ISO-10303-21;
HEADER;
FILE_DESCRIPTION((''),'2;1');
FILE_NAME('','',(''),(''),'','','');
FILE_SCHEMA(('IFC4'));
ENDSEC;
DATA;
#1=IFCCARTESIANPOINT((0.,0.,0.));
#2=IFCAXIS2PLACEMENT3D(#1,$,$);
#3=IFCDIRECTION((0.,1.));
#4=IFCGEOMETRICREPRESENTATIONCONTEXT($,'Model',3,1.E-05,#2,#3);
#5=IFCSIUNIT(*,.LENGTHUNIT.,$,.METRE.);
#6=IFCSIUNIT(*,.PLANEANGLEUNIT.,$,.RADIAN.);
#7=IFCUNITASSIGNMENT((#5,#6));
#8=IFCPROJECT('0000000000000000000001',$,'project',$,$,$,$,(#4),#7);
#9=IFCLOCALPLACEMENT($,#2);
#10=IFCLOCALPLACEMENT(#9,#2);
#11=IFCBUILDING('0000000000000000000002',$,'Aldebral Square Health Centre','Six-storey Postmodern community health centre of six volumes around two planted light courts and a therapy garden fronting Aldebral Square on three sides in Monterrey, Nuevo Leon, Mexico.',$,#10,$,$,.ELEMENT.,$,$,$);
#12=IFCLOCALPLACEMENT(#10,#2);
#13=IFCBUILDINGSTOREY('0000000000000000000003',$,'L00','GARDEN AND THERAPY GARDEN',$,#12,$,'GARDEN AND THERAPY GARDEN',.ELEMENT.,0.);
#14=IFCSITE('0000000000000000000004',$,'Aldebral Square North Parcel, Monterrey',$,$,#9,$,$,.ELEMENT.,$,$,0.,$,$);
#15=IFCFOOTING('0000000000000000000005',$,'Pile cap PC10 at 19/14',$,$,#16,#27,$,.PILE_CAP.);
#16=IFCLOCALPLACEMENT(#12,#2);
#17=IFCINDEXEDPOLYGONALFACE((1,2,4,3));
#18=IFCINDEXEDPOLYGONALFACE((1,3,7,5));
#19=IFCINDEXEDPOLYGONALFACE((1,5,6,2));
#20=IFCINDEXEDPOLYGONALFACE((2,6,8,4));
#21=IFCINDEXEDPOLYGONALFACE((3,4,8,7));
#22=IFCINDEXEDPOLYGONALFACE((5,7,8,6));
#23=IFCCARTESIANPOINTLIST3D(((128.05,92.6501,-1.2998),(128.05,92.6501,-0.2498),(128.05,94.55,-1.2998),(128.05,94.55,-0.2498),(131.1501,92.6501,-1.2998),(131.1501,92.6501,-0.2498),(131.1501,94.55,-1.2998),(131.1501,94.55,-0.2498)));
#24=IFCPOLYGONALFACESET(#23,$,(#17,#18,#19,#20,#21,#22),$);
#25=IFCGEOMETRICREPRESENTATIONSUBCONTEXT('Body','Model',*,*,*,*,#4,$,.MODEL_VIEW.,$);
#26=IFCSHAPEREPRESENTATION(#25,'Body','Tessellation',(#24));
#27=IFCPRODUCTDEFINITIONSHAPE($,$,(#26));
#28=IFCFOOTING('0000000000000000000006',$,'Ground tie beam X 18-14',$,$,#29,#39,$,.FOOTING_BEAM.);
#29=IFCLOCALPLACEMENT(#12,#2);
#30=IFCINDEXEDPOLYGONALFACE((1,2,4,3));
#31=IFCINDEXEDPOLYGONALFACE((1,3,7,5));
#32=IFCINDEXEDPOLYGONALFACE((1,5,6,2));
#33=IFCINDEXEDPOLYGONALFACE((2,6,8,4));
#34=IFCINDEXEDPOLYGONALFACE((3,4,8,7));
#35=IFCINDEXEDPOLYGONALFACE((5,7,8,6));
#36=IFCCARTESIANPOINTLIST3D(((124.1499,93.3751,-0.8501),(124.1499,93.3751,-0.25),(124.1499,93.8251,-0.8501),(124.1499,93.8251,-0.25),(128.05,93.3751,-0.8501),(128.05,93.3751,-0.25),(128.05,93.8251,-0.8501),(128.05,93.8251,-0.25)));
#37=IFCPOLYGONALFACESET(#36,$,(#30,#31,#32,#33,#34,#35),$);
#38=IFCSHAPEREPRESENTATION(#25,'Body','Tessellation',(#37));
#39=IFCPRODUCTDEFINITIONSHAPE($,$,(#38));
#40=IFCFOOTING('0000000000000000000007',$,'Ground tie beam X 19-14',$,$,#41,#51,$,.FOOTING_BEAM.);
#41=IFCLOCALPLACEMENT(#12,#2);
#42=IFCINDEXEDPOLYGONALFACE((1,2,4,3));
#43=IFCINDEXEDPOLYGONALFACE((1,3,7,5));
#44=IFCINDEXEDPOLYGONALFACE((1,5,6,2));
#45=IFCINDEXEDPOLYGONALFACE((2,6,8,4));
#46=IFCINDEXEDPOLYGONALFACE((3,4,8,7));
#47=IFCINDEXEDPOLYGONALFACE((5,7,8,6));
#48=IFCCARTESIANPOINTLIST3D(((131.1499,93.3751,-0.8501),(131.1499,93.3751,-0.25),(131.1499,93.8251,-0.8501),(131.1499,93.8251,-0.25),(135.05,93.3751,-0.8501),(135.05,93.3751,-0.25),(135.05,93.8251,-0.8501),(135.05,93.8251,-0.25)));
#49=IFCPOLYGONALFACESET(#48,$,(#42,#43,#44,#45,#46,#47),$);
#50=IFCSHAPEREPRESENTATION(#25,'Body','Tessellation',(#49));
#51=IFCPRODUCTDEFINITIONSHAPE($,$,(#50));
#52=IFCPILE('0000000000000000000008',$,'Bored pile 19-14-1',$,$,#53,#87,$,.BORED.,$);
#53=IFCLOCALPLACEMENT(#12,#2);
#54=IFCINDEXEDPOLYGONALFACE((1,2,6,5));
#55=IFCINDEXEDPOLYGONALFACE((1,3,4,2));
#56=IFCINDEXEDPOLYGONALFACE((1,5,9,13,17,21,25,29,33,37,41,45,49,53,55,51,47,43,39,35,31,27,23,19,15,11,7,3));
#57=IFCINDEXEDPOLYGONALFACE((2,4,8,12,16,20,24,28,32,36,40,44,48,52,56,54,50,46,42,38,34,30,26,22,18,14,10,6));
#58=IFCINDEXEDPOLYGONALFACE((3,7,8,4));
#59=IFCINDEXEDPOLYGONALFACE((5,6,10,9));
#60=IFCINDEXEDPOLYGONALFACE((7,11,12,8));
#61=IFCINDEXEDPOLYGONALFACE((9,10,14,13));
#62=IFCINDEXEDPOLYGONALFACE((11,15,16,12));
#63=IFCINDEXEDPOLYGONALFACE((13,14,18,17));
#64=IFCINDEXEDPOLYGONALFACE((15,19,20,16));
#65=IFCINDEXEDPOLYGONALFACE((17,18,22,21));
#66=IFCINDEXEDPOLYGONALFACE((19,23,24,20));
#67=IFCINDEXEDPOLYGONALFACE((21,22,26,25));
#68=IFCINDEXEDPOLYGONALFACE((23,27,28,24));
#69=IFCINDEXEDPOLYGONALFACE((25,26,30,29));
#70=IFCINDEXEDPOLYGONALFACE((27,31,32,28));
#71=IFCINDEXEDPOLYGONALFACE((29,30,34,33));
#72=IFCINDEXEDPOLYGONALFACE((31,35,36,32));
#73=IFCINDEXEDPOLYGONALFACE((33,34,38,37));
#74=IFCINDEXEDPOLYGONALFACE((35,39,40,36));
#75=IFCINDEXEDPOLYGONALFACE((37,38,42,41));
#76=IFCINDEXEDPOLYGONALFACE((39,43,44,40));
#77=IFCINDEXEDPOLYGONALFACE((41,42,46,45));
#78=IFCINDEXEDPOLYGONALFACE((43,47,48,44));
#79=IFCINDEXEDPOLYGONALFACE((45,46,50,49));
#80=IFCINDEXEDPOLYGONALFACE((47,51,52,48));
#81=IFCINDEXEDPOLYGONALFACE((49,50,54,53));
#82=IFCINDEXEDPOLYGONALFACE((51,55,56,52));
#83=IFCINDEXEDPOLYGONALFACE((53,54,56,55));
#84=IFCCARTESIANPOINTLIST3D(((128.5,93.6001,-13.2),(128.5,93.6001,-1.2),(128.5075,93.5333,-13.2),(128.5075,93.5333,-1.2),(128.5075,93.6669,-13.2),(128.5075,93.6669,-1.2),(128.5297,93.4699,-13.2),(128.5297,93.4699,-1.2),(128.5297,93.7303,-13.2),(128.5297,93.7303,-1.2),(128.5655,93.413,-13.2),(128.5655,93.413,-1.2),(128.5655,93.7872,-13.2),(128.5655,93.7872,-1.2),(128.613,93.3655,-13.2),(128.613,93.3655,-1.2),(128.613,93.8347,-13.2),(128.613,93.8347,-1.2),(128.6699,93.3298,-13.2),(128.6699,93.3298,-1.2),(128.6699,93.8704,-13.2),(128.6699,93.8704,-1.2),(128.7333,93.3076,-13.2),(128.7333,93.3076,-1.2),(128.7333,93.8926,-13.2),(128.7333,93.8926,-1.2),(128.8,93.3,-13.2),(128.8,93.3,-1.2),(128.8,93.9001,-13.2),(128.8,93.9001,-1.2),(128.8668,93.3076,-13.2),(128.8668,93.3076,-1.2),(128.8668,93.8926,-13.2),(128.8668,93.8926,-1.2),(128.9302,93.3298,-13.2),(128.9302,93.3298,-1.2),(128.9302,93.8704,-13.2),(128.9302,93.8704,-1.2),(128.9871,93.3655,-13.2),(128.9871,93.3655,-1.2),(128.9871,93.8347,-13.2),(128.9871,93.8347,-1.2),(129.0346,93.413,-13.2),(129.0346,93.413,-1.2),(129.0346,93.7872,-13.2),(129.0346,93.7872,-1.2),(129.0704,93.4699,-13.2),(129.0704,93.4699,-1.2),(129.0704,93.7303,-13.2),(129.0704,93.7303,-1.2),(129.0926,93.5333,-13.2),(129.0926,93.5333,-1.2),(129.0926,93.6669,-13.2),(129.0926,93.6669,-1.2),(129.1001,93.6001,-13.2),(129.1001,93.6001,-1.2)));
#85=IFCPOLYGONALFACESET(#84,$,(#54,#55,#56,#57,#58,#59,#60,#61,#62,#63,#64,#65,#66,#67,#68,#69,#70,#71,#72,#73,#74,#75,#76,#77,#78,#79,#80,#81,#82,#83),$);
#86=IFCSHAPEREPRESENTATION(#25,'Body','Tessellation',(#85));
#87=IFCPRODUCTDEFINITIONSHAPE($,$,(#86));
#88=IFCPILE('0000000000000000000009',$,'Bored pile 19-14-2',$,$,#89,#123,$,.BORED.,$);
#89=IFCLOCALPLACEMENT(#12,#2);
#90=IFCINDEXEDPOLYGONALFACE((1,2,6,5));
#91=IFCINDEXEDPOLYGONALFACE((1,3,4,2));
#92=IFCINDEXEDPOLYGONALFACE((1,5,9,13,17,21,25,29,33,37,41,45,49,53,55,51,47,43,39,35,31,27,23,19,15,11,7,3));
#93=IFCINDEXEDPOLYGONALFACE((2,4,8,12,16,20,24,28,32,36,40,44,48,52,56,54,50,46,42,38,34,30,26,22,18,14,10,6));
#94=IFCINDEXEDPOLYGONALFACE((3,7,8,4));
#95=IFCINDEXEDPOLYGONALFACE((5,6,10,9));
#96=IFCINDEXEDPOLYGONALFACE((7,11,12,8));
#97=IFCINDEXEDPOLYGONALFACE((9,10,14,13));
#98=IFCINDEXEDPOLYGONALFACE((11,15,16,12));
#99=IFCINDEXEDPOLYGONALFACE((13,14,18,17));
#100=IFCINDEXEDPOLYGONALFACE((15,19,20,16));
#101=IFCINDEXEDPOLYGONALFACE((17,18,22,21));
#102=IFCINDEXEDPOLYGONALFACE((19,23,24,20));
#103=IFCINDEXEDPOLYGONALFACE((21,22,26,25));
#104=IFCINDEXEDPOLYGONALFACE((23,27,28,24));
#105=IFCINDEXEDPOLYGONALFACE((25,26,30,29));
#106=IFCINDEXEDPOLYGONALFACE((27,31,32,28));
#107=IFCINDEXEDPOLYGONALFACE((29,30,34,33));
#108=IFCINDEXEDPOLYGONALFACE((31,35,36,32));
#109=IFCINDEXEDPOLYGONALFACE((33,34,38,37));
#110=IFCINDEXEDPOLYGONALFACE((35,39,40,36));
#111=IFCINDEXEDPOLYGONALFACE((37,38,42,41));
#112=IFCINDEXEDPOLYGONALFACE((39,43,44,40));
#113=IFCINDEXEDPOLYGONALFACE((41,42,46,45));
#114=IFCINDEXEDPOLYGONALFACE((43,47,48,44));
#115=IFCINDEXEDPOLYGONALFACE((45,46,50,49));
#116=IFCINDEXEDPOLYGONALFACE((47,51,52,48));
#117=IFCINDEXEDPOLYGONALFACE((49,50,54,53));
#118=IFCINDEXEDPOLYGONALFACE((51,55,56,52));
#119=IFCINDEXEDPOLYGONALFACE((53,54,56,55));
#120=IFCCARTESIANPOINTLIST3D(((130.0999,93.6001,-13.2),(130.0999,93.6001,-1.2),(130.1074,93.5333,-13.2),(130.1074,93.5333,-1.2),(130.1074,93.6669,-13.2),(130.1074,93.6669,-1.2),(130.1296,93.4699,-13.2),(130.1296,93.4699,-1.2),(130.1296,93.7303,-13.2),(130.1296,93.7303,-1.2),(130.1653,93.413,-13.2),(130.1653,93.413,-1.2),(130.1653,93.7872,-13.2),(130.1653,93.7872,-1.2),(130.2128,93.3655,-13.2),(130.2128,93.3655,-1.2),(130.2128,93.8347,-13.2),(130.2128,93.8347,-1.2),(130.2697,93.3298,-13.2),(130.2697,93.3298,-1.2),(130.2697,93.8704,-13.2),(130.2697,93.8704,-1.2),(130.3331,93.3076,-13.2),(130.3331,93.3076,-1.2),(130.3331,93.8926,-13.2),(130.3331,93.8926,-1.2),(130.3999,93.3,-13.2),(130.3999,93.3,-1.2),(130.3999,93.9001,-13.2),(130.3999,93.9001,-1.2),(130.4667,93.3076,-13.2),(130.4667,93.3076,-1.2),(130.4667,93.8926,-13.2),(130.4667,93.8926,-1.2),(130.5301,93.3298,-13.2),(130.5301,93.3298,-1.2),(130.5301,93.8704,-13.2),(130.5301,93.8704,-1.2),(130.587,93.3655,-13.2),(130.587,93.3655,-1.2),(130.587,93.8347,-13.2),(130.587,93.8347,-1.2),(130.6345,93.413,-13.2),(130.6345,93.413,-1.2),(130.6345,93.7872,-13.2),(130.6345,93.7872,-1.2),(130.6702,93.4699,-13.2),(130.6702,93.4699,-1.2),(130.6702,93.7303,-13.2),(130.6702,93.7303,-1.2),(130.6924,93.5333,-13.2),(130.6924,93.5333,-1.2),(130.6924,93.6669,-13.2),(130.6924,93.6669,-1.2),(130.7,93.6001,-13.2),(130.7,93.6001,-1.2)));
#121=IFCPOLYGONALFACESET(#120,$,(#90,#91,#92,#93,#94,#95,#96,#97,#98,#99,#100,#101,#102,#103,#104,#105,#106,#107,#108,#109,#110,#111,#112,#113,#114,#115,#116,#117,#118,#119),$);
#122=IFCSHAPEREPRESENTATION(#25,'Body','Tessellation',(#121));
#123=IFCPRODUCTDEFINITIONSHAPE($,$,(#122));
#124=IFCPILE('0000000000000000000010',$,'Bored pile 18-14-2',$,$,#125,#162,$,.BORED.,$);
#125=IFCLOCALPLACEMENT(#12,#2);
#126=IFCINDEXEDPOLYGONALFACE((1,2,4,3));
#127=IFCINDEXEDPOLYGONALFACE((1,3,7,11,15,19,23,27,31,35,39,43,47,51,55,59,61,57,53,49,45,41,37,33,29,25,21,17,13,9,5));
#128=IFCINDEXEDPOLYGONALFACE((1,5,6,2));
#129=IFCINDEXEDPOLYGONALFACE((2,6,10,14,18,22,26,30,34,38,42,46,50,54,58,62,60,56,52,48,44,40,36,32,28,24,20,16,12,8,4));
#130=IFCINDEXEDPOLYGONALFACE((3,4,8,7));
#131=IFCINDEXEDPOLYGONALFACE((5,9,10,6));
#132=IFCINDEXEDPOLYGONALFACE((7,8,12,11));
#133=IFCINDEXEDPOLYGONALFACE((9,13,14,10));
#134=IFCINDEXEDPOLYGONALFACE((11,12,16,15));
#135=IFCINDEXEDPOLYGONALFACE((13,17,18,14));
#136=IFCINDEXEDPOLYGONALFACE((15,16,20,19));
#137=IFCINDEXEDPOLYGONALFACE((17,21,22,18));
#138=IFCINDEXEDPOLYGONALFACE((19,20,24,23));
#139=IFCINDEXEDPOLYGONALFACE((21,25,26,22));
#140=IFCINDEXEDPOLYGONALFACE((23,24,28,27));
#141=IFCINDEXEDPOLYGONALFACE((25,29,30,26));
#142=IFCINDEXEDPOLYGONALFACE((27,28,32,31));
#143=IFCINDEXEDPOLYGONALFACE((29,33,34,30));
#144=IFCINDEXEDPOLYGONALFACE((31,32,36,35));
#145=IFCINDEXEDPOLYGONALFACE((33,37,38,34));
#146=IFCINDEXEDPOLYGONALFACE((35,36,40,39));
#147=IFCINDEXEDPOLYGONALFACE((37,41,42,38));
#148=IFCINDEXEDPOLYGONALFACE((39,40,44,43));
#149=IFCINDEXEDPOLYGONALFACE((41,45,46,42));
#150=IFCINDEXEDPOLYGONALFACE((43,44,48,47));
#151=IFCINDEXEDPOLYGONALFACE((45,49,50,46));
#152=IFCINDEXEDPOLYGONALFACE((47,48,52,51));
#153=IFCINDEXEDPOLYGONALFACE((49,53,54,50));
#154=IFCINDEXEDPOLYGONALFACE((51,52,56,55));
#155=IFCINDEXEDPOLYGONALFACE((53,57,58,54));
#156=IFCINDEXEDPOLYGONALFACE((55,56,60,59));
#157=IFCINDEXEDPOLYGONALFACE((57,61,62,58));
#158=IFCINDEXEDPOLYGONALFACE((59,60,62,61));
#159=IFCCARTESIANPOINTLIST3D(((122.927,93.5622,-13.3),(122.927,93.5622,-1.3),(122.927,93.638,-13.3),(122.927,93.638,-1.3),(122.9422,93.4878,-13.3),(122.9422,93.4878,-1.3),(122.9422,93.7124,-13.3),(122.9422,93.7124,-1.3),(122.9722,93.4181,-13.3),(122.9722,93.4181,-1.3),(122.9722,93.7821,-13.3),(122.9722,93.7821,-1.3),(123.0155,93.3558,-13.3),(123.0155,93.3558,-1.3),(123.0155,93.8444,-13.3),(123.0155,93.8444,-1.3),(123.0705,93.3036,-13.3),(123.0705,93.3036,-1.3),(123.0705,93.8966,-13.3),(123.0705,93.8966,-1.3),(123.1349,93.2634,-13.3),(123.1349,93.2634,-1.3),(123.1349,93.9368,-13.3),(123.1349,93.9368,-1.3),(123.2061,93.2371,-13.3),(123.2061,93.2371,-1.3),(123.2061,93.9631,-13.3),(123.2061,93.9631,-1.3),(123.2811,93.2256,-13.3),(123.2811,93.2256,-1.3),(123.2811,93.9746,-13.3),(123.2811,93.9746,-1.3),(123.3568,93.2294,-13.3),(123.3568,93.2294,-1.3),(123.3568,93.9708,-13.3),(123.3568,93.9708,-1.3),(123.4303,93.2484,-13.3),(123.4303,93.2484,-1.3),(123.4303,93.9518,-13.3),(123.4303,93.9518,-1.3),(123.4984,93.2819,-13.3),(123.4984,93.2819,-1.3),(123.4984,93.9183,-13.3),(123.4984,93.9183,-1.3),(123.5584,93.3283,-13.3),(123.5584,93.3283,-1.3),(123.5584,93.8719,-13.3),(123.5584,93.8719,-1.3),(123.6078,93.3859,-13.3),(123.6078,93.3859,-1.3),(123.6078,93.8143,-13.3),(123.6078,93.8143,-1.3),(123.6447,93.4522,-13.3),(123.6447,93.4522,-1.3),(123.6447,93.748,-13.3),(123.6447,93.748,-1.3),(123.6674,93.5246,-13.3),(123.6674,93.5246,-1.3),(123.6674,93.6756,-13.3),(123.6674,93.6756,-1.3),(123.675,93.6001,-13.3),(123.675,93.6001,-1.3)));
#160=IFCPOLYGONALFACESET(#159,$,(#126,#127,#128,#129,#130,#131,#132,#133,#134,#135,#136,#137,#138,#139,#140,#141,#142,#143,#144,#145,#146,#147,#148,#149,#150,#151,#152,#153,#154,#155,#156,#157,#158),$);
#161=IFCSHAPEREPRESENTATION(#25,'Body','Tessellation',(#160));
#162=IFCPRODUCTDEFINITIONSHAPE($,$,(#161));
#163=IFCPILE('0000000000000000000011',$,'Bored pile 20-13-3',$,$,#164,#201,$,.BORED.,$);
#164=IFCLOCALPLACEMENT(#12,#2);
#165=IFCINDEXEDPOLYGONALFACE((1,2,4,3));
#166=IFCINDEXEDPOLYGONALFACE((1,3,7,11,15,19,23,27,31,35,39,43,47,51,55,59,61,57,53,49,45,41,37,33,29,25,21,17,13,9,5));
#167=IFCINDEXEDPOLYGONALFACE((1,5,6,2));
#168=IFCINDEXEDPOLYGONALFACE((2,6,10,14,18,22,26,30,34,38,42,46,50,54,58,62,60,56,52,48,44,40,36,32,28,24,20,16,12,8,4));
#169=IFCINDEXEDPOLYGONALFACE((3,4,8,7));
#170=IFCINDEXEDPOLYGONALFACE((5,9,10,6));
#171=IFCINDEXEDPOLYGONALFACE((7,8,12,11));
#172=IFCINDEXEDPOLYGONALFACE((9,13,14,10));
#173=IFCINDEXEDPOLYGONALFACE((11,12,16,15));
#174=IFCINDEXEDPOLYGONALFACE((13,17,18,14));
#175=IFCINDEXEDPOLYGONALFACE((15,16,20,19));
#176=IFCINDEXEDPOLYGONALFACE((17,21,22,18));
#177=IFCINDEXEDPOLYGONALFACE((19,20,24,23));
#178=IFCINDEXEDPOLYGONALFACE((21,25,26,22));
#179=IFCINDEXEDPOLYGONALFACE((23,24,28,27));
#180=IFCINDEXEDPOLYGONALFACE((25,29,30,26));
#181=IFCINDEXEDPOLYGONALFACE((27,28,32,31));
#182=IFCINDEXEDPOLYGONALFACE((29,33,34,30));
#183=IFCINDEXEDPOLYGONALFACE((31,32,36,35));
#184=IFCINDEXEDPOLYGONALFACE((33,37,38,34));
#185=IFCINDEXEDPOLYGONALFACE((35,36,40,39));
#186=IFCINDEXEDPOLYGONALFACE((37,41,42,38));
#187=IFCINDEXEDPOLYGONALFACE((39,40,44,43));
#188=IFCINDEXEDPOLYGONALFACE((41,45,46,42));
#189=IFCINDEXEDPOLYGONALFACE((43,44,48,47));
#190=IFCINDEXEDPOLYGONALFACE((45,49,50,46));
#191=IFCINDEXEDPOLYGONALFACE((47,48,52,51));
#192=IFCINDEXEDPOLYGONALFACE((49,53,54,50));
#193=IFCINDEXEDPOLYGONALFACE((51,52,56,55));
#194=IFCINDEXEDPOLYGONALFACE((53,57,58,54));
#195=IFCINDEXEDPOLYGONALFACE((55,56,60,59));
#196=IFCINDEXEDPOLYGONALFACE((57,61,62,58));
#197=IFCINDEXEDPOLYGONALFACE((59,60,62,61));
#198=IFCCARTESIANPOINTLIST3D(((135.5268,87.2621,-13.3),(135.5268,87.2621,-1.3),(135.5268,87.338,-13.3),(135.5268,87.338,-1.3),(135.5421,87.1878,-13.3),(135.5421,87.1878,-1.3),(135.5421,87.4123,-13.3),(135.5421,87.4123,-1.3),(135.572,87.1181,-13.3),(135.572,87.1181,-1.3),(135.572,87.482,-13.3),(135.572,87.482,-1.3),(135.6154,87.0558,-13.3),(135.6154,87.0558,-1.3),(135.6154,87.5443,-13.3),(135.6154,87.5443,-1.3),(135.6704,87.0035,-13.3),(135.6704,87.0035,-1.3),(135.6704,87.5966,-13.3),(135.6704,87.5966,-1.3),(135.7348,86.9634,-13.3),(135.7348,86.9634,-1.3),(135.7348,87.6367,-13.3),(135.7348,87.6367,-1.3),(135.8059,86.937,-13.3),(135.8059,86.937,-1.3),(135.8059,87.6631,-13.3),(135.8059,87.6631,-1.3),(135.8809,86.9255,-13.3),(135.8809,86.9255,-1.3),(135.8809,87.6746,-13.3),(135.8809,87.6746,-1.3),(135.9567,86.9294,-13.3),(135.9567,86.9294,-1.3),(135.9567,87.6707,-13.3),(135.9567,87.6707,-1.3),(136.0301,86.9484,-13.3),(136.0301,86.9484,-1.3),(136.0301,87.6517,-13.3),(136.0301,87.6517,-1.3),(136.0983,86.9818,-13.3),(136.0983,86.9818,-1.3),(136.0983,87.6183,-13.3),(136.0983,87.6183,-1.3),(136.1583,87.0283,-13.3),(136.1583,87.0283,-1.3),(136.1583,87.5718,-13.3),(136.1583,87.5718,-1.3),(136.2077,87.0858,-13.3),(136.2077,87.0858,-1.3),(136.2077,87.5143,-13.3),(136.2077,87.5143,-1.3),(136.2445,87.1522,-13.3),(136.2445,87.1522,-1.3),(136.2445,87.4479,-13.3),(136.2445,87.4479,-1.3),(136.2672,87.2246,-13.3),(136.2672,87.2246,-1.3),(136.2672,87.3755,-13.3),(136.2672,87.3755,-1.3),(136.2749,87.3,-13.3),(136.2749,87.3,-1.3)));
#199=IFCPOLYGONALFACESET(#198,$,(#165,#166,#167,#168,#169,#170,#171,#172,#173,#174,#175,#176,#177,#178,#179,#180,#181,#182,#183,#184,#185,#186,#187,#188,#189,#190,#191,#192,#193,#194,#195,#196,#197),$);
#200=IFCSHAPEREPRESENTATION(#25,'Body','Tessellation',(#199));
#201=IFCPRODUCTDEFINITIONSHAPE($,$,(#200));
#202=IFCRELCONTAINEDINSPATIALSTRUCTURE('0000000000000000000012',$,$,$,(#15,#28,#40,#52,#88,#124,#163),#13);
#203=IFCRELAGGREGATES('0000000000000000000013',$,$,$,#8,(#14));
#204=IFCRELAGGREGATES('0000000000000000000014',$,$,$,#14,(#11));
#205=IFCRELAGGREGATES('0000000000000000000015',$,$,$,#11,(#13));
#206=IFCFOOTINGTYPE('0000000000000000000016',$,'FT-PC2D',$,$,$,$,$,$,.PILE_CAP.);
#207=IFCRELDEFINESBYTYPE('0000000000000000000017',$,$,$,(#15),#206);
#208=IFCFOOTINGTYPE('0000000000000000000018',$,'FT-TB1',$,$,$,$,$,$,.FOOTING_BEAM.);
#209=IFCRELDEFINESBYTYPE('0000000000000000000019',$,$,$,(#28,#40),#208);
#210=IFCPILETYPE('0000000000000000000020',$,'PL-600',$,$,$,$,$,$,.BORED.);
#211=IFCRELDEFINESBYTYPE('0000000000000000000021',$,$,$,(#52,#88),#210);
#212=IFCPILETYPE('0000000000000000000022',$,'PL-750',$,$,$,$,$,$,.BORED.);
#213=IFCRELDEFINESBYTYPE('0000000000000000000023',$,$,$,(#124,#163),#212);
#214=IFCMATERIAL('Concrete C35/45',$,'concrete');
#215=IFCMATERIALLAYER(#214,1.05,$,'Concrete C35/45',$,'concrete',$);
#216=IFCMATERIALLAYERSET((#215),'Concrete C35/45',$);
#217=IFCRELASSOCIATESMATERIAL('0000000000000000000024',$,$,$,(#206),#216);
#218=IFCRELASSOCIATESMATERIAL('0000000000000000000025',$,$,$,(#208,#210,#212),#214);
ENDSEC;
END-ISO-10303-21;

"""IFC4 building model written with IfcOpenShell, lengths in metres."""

from ifc_helpers import new_model, si_unit, direction, frame, origin, origin_2d, place, context, subcontext, project, spatial, rectangle, circle, extrude, material, layer, layer_set, material_profile, profile_set, type_object, element, save


model = new_model("IFC4")

# Units and contexts
model_context = context("Model", 3, precision=1e-05, world=origin(), true_north=direction((0.0, 1.0)))
body_context = subcontext(model_context, "Body", "Model", "MODEL_VIEW")
ifc_project = project(units=[si_unit("LENGTHUNIT", "METRE"), si_unit("PLANEANGLEUNIT", "RADIAN")], contexts=[model_context])

# Site, building, storey
site_placement = place(None, origin())
site = spatial("IfcSite", under=ifc_project, at=site_placement, Name="Aldebral Square North Parcel, Monterrey", CompositionType="ELEMENT", RefElevation=0.0)
building_placement = place(site_placement, origin())
building = spatial("IfcBuilding", under=site, at=building_placement, Name="Aldebral Square Health Centre", Description="Six-storey Postmodern community health centre of six volumes around two planted light courts and a therapy garden fronting Aldebral Square on three sides in Monterrey, Nuevo Leon, Mexico.", CompositionType="ELEMENT")
storey_placement = place(building_placement, origin())
storey = spatial("IfcBuildingStorey", under=building, at=storey_placement, Name="L00", Description="GARDEN AND THERAPY GARDEN", LongName="GARDEN AND THERAPY GARDEN", CompositionType="ELEMENT", Elevation=0.0)

# Footings
ifc_material_1 = material(Name="Concrete C35/45", Category="concrete")
ifc_layer_1 = layer(ifc_material_1, 1.05, Name="Concrete C35/45", Category="concrete")
ifc_layer_set_1 = layer_set([ifc_layer_1], Name="Concrete C35/45")
footing_type_1 = type_object("IfcFootingType", Name="FT-PC2D", PredefinedType="PILE_CAP", material=ifc_layer_set_1)
footing_placement = place(storey_placement, frame((129.6001, 93.6001, -1.2998), z_axis=(0.0, 0.0, 1.0), x_axis=(1.0, 0.0, 0.0)))
element("IfcFooting", 1, at=footing_placement, inside=storey, type_object=footing_type_1, Name="Pile cap PC10 at 19/14", PredefinedType="PILE_CAP", context=body_context, shape_type="SweptSolid", body=[
    extrude(rectangle(XDim=3.1001, YDim=1.8999, at=origin_2d()), origin(), (0.0, 0.0, 1.0), 1.05),
])
ifc_material_profile_1 = material_profile(ifc_material_1, rectangle(XDim=0.45, YDim=0.6001, at=origin_2d()), Name="RC 450x600")
ifc_profile_set_1 = profile_set([ifc_material_profile_1], Name="Concrete C35/45")
footing_type_2 = type_object("IfcFootingType", Name="FT-TB1", PredefinedType="FOOTING_BEAM", material=ifc_profile_set_1)
for number, where, z_axis, x_axis, name in (
    (2, (124.1499, 93.6001, -0.55), (1.0, 0.0, 0.0), (0.0, 1.0, 0.0), "Ground tie beam X 18-14"),
    (3, (131.1499, 93.6001, -0.55), (1.0, 0.0, 0.0), (0.0, 1.0, 0.0), "Ground tie beam X 19-14"),
):
    element("IfcFooting", number, at=place(storey_placement, frame(where, z_axis=z_axis, x_axis=x_axis)), inside=storey, type_object=footing_type_2, Name=name, PredefinedType="FOOTING_BEAM", context=body_context, shape_type="SweptSolid", body=[
        extrude(rectangle(XDim=0.45, YDim=0.6001, at=origin_2d()), origin(), (0.0, 0.0, 1.0), 3.9001),
    ])

# Piles
ifc_material_profile_2 = material_profile(ifc_material_1, circle(Radius=0.3, at=origin_2d()), Name="PILE D600")
ifc_profile_set_2 = profile_set([ifc_material_profile_2], Name="Concrete C35/45")
pile_type_1 = type_object("IfcPileType", Name="PL-600", PredefinedType="BORED", material=ifc_profile_set_2)
for number, where, z_axis, x_axis, name in (
    (4, (128.8, 93.6001, -1.2), (0.0, 0.0, -1.0), (1.0, 0.0, 0.0), "Bored pile 19-14-1"),
    (5, (130.3999, 93.6001, -1.2), (0.0, 0.0, -1.0), (1.0, 0.0, 0.0), "Bored pile 19-14-2"),
):
    element("IfcPile", number, at=place(storey_placement, frame(where, z_axis=z_axis, x_axis=x_axis)), inside=storey, type_object=pile_type_1, Name=name, PredefinedType="BORED", context=body_context, shape_type="SweptSolid", body=[
        extrude(circle(Radius=0.3, at=origin_2d()), origin(), (0.0, 0.0, 1.0), 12.0),
    ])
ifc_material_profile_3 = material_profile(ifc_material_1, circle(Radius=0.375, at=origin_2d()), Name="PILE D750")
ifc_profile_set_3 = profile_set([ifc_material_profile_3], Name="Concrete C35/45")
pile_type_2 = type_object("IfcPileType", Name="PL-750", PredefinedType="BORED", material=ifc_profile_set_3)
for number, where, z_axis, x_axis, name in (
    (6, (123.3, 93.6001, -1.3), (0.0, 0.0, -1.0), (1.0, 0.0, 0.0), "Bored pile 18-14-2"),
    (7, (135.8999, 87.3, -1.3), (0.0, 0.0, -1.0), (1.0, 0.0, 0.0), "Bored pile 20-13-3"),
):
    element("IfcPile", number, at=place(storey_placement, frame(where, z_axis=z_axis, x_axis=x_axis)), inside=storey, type_object=pile_type_2, Name=name, PredefinedType="BORED", context=body_context, shape_type="SweptSolid", body=[
        extrude(circle(Radius=0.375, at=origin_2d()), origin(), (0.0, 0.0, 1.0), 12.0),
    ])

save(model, "model.ifc")
